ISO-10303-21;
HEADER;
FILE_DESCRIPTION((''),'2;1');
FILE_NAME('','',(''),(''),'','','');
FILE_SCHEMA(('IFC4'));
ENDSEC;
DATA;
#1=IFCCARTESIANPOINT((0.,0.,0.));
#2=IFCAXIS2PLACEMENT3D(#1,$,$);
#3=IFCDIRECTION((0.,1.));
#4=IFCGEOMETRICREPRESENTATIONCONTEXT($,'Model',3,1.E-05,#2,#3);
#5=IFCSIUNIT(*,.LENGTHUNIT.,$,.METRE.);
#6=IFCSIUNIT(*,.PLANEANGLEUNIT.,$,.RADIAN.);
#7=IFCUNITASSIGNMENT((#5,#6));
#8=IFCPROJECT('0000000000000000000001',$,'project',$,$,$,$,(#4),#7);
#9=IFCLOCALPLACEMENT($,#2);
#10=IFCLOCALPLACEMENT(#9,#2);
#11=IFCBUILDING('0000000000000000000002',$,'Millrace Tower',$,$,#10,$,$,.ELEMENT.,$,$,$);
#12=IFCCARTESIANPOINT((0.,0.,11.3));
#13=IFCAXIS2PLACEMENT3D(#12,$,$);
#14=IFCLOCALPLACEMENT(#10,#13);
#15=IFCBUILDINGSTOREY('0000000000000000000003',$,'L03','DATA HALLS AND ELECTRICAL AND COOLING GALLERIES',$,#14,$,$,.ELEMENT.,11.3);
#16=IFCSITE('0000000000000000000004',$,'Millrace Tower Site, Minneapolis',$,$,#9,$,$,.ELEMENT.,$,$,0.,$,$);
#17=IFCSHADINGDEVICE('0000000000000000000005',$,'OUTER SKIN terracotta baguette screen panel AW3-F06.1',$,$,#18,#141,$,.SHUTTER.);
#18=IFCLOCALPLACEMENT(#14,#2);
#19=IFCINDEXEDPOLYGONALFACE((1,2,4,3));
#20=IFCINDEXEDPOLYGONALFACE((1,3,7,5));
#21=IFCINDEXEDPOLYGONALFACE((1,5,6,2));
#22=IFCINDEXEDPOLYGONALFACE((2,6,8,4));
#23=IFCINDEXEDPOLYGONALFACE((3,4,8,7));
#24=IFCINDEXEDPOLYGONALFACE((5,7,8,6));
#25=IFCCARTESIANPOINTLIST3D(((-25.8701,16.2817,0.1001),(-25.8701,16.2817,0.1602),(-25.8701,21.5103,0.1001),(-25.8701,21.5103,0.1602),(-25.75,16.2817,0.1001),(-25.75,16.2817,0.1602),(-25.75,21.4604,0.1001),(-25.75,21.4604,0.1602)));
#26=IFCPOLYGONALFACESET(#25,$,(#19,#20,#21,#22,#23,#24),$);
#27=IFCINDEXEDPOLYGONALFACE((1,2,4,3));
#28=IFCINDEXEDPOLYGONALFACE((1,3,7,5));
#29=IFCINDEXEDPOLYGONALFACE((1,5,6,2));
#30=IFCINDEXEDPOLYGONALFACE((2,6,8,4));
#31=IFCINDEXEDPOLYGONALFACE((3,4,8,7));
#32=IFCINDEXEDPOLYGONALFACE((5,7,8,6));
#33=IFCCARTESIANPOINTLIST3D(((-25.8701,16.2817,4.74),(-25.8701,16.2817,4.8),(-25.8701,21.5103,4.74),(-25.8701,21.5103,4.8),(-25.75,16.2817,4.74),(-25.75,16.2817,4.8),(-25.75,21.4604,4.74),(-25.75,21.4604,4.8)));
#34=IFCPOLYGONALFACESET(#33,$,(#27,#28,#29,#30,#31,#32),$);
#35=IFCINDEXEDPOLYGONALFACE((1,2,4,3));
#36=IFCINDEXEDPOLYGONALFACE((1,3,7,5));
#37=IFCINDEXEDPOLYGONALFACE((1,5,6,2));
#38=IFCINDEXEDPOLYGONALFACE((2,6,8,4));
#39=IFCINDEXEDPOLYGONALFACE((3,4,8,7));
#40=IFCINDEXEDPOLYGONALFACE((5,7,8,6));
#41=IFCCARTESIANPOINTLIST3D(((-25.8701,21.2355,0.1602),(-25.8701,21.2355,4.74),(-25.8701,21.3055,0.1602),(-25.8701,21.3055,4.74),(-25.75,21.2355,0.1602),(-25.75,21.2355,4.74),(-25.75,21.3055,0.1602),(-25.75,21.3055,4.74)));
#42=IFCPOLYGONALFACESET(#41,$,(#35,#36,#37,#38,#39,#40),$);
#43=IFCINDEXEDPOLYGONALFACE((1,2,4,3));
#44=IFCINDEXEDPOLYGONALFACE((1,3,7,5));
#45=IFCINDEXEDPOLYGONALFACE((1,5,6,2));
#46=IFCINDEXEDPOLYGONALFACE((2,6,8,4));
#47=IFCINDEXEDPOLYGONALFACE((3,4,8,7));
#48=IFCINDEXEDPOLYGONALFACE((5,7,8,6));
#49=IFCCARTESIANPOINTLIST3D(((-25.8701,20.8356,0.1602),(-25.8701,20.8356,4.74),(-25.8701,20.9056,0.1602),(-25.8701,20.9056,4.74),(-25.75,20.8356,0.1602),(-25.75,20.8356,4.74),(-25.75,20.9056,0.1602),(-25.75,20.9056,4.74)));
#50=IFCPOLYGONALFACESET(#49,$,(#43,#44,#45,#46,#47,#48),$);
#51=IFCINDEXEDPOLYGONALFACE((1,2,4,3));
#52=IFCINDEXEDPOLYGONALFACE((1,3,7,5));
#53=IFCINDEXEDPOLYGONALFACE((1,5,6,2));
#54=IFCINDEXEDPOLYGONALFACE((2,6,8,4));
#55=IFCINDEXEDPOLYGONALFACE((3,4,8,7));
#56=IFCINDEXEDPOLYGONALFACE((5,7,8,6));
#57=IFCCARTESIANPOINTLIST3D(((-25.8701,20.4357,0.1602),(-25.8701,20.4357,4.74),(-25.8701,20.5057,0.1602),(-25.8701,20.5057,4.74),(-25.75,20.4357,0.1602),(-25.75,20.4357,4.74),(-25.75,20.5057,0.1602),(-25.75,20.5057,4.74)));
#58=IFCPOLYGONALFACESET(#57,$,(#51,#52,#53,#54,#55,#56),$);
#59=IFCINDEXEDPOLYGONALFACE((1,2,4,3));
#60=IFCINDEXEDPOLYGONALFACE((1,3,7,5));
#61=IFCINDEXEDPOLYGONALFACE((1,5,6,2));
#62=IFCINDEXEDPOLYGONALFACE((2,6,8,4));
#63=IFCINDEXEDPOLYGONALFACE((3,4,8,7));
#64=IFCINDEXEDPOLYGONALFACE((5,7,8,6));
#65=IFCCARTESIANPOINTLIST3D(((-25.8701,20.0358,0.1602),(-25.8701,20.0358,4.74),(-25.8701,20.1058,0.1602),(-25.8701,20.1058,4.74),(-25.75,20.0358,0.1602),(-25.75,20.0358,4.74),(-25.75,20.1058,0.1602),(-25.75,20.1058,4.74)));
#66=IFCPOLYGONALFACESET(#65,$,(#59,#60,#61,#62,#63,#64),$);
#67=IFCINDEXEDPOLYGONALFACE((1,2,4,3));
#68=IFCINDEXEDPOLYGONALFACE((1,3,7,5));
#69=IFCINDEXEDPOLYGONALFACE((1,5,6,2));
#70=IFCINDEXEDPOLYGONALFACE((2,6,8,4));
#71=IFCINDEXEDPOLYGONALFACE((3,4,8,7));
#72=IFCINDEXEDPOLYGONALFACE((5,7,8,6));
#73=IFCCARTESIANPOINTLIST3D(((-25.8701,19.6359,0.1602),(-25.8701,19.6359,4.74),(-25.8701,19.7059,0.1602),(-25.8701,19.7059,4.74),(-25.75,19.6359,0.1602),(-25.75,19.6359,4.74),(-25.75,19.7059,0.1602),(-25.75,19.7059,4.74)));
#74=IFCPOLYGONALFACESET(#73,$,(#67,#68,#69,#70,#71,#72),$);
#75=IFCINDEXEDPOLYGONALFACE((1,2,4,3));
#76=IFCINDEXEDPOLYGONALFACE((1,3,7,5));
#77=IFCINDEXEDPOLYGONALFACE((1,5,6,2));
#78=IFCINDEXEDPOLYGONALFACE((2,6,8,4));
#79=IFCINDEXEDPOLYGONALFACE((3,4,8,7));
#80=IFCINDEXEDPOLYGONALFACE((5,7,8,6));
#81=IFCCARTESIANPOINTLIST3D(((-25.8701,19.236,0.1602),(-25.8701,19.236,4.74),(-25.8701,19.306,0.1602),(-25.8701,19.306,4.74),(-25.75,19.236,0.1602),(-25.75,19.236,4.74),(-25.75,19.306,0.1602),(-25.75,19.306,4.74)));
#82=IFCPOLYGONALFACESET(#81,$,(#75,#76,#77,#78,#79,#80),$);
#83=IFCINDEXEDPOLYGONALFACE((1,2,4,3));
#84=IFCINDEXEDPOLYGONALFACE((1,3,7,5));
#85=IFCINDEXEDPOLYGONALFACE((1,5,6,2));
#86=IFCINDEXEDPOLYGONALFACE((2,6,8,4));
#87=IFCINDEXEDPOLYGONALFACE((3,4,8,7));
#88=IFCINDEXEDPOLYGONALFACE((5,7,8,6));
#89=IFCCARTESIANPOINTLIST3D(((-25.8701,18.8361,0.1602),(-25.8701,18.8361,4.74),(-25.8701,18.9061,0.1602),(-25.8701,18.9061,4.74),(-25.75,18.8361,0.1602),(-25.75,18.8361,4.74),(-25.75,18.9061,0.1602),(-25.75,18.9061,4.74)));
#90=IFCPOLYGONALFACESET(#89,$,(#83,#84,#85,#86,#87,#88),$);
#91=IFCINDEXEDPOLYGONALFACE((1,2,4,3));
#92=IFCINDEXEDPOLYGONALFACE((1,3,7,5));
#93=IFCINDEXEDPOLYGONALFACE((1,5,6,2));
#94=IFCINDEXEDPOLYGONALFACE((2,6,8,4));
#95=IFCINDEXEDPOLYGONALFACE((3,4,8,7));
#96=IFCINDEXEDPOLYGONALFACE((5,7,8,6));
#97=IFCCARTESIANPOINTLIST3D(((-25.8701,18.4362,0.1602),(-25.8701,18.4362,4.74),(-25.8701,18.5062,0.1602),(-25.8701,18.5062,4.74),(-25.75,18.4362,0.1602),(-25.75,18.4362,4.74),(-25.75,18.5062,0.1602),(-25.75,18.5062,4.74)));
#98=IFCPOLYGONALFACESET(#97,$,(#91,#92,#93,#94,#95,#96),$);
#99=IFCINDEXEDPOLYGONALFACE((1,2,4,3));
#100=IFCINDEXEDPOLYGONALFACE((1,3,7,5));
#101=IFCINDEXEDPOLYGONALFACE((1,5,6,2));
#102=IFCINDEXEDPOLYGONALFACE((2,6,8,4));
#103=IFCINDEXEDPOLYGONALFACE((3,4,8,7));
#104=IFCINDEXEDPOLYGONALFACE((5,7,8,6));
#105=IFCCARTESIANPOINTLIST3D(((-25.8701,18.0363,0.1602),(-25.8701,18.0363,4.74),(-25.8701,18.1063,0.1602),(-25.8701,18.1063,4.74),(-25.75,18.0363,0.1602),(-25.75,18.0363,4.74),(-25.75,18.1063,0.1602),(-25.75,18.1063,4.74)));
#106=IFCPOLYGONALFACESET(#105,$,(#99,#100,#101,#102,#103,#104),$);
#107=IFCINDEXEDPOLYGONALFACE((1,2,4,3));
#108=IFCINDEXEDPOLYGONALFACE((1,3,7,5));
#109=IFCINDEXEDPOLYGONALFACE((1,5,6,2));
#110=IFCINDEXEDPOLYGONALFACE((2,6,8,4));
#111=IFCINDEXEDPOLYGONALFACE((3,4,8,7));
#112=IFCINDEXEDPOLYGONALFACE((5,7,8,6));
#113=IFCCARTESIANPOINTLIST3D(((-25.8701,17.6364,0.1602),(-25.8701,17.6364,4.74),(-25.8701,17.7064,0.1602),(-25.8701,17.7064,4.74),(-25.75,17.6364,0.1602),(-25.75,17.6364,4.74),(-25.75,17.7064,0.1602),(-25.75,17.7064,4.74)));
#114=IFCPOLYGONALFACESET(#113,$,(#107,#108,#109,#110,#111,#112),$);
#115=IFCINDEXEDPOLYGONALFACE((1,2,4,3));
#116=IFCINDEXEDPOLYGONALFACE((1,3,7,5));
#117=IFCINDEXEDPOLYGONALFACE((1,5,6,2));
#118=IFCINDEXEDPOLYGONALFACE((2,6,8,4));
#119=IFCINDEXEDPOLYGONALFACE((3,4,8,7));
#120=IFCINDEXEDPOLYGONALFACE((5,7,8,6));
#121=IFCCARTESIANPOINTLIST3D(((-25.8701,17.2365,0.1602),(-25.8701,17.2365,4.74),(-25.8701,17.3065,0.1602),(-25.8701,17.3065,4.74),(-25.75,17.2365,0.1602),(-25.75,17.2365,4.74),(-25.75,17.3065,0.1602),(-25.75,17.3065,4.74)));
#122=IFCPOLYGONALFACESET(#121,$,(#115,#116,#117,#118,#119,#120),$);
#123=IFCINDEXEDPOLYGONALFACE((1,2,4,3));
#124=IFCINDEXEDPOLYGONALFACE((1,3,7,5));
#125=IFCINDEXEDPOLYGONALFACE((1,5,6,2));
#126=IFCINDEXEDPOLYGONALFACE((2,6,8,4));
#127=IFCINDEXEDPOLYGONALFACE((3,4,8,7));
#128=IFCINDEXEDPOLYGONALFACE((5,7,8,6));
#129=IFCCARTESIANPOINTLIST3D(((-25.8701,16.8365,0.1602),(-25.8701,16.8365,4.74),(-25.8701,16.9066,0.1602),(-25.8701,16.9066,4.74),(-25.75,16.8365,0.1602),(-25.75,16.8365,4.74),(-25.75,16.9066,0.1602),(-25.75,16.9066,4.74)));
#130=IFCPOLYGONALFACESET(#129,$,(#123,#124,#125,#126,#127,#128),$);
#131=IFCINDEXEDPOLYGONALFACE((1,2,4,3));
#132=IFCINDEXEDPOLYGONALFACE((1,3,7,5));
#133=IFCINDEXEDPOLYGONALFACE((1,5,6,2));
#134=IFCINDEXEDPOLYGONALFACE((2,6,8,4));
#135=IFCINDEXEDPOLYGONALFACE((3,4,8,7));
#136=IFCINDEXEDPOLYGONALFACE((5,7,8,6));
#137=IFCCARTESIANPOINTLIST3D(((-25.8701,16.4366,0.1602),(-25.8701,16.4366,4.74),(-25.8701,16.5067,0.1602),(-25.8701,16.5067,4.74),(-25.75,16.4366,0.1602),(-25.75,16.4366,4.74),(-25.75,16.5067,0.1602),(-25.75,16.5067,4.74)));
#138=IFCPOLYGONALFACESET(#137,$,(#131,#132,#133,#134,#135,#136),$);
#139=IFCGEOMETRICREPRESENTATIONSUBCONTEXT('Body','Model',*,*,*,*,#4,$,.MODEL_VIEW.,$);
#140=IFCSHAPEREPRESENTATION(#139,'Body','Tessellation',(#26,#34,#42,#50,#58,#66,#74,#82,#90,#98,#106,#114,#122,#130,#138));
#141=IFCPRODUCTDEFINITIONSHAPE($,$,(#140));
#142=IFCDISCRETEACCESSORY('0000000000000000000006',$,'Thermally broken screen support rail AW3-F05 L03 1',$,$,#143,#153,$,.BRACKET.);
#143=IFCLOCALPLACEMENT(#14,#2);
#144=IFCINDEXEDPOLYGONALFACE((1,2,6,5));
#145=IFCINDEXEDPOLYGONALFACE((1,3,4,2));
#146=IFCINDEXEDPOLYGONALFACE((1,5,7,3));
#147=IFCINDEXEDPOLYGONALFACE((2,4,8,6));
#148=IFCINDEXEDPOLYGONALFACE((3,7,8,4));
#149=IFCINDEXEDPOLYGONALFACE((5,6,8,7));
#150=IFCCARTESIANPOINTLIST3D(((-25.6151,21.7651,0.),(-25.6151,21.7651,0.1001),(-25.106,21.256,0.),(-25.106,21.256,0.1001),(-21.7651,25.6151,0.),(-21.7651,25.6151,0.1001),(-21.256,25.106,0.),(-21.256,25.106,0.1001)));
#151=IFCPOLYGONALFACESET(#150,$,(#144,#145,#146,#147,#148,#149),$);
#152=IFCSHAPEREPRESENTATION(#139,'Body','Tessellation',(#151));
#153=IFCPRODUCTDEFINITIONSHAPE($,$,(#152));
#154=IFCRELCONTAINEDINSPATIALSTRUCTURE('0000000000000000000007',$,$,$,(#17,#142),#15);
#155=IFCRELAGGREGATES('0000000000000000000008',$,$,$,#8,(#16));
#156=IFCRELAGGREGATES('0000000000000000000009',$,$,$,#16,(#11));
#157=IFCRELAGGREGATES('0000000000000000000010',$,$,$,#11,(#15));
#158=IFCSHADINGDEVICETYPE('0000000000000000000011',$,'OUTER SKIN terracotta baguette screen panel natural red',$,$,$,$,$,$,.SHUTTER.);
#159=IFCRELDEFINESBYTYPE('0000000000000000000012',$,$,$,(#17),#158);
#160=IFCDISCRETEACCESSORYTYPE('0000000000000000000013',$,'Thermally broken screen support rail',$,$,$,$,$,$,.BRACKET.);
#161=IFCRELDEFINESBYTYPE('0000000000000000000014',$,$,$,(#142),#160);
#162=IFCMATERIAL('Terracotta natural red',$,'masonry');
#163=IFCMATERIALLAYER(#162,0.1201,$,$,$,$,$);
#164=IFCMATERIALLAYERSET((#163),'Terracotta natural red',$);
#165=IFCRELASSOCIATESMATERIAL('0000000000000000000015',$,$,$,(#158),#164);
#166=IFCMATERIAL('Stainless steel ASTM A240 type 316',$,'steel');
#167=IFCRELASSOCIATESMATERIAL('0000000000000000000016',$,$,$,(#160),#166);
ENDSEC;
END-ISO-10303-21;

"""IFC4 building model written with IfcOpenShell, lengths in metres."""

from ifc_helpers import new_model, entity, si_unit, direction, frame, frame_2d, origin, origin_2d, place, context, subcontext, project, spatial, rectangle, extrude, source, transform, mapped, material, layer, layer_set, type_object, element, save


model = new_model("IFC4")

# Units and contexts
model_context = context("Model", 3, precision=1e-05, world=origin(), true_north=direction((0.0, 1.0)))
body_context = subcontext(model_context, "Body", "Model", "MODEL_VIEW")
ifc_project = project(units=[si_unit("LENGTHUNIT", "METRE"), si_unit("PLANEANGLEUNIT", "RADIAN")], contexts=[model_context])

# Site, building, storey
site_placement = place(None, origin())
site = spatial("IfcSite", under=ifc_project, at=site_placement, Name="Millrace Tower Site, Minneapolis", CompositionType="ELEMENT", RefElevation=0.0)
building_placement = place(site_placement, origin())
building = spatial("IfcBuilding", under=site, at=building_placement, Name="Millrace Tower", CompositionType="ELEMENT")
storey_placement = place(building_placement, frame((0.0, 0.0, 11.3)))
storey = spatial("IfcBuildingStorey", under=building, at=storey_placement, Name="L03", Description="DATA HALLS AND ELECTRICAL AND COOLING GALLERIES", CompositionType="ELEMENT", Elevation=11.3)

# Shading device
ifc_material_1 = material(Name="Terracotta natural red", Category="masonry")
ifc_layer_1 = layer(ifc_material_1, 0.1201)
ifc_layer_set_1 = layer_set([ifc_layer_1], Name="Terracotta natural red")
shading_device_type_1 = type_object("IfcShadingDeviceType", Name="OUTER SKIN terracotta baguette screen panel natural red", PredefinedType="SHUTTER", material=ifc_layer_set_1)
cartesian_point_1 = entity("IfcCartesianPoint", [-2.5769, 0.0601])
shared_polyline_1 = entity("IfcPolyline", [cartesian_point_1, entity("IfcCartesianPoint", [2.6018, 0.0601]), entity("IfcCartesianPoint", [2.6018, -0.0601]), entity("IfcCartesianPoint", [-2.6267, -0.0601]), cartesian_point_1])
shared_shape_1 = source(origin(), body_context, "Body", "SweptSolid", [
    entity("IfcExtrudedAreaSolid", entity("IfcArbitraryClosedProfileDef", "AREA", None, shared_polyline_1), entity("IfcAxis2Placement3D", entity("IfcCartesianPoint", [0.0, 0.0, 0.0])), entity("IfcDirection", [0.0, 0.0, 1.0]), 0.0601),
    entity("IfcExtrudedAreaSolid", entity("IfcArbitraryClosedProfileDef", "AREA", None, shared_polyline_1), entity("IfcAxis2Placement3D", entity("IfcCartesianPoint", [0.0, 0.0, 4.6399])), entity("IfcDirection", [0.0, 0.0, 1.0]), 0.0601),
    extrude(rectangle(XDim=0.0701, YDim=0.1201, at=frame_2d((-2.387, 0.0))), frame((0.0, 0.0, 0.0601)), (0.0, 0.0, 1.0), 4.5798),
    extrude(rectangle(XDim=0.0701, YDim=0.1201, at=frame_2d((-1.9871, 0.0))), frame((0.0, 0.0, 0.0601)), (0.0, 0.0, 1.0), 4.5798),
    extrude(rectangle(XDim=0.0701, YDim=0.1201, at=frame_2d((-1.5872, 0.0))), frame((0.0, 0.0, 0.0601)), (0.0, 0.0, 1.0), 4.5798),
    extrude(rectangle(XDim=0.0701, YDim=0.1201, at=frame_2d((-1.1873, 0.0))), frame((0.0, 0.0, 0.0601)), (0.0, 0.0, 1.0), 4.5798),
    extrude(rectangle(XDim=0.0701, YDim=0.1201, at=frame_2d((-0.7874, 0.0))), frame((0.0, 0.0, 0.0601)), (0.0, 0.0, 1.0), 4.5798),
    extrude(rectangle(XDim=0.0701, YDim=0.1201, at=frame_2d((-0.3875, 0.0))), frame((0.0, 0.0, 0.0601)), (0.0, 0.0, 1.0), 4.5798),
    extrude(rectangle(XDim=0.0701, YDim=0.1201, at=frame_2d((0.0125, 0.0))), frame((0.0, 0.0, 0.0601)), (0.0, 0.0, 1.0), 4.5798),
    extrude(rectangle(XDim=0.0701, YDim=0.1201, at=frame_2d((0.4124, 0.0))), frame((0.0, 0.0, 0.0601)), (0.0, 0.0, 1.0), 4.5798),
    extrude(rectangle(XDim=0.0701, YDim=0.1201, at=frame_2d((0.8123, 0.0))), frame((0.0, 0.0, 0.0601)), (0.0, 0.0, 1.0), 4.5798),
    extrude(rectangle(XDim=0.0701, YDim=0.1201, at=frame_2d((1.2122, 0.0))), frame((0.0, 0.0, 0.0601)), (0.0, 0.0, 1.0), 4.5798),
    extrude(rectangle(XDim=0.0701, YDim=0.1201, at=frame_2d((1.6121, 0.0))), frame((0.0, 0.0, 0.0601)), (0.0, 0.0, 1.0), 4.5798),
    extrude(rectangle(XDim=0.0701, YDim=0.1201, at=frame_2d((2.012, 0.0))), frame((0.0, 0.0, 0.0601)), (0.0, 0.0, 1.0), 4.5798),
    extrude(rectangle(XDim=0.0701, YDim=0.1201, at=frame_2d((2.4119, 0.0))), frame((0.0, 0.0, 0.0601)), (0.0, 0.0, 1.0), 4.5798),
])
shading_device_1_placement = place(storey_placement, frame((-25.8101, 18.8835, 0.1001), z_axis=(0.0, 0.0, 1.0), x_axis=(0.0, -1.0, 0.0)))
element("IfcShadingDevice", 1, at=shading_device_1_placement, inside=storey, type_object=shading_device_type_1, Name="OUTER SKIN terracotta baguette screen panel AW3-F06.1", PredefinedType="SHUTTER", context=body_context, shape_type="MappedRepresentation", body=[
    mapped(shared_shape_1, transform((0.0, 0.0, 0.0), scale=1.0)),
])

# Discrete accessory
ifc_material_2 = material(Name="Stainless steel ASTM A240 type 316", Category="steel")
discrete_accessory_type = type_object("IfcDiscreteAccessoryType", Name="Thermally broken screen support rail", PredefinedType="BRACKET", material=ifc_material_2)
discrete_accessory_placement = place(storey_placement, frame((-23.4355, 23.4355, 0.0), z_axis=(0.0, 0.0, 1.0), x_axis=(-0.707107, -0.707107, 0.0)))
element("IfcDiscreteAccessory", 2, at=discrete_accessory_placement, inside=storey, type_object=discrete_accessory_type, Name="Thermally broken screen support rail AW3-F05 L03 1", PredefinedType="BRACKET", context=body_context, shape_type="SweptSolid", body=[
    extrude(rectangle(XDim=5.4448, YDim=0.72, at=origin_2d()), origin(), (0.0, 0.0, 1.0), 0.1001),
])

save(model, "model.ifc")
